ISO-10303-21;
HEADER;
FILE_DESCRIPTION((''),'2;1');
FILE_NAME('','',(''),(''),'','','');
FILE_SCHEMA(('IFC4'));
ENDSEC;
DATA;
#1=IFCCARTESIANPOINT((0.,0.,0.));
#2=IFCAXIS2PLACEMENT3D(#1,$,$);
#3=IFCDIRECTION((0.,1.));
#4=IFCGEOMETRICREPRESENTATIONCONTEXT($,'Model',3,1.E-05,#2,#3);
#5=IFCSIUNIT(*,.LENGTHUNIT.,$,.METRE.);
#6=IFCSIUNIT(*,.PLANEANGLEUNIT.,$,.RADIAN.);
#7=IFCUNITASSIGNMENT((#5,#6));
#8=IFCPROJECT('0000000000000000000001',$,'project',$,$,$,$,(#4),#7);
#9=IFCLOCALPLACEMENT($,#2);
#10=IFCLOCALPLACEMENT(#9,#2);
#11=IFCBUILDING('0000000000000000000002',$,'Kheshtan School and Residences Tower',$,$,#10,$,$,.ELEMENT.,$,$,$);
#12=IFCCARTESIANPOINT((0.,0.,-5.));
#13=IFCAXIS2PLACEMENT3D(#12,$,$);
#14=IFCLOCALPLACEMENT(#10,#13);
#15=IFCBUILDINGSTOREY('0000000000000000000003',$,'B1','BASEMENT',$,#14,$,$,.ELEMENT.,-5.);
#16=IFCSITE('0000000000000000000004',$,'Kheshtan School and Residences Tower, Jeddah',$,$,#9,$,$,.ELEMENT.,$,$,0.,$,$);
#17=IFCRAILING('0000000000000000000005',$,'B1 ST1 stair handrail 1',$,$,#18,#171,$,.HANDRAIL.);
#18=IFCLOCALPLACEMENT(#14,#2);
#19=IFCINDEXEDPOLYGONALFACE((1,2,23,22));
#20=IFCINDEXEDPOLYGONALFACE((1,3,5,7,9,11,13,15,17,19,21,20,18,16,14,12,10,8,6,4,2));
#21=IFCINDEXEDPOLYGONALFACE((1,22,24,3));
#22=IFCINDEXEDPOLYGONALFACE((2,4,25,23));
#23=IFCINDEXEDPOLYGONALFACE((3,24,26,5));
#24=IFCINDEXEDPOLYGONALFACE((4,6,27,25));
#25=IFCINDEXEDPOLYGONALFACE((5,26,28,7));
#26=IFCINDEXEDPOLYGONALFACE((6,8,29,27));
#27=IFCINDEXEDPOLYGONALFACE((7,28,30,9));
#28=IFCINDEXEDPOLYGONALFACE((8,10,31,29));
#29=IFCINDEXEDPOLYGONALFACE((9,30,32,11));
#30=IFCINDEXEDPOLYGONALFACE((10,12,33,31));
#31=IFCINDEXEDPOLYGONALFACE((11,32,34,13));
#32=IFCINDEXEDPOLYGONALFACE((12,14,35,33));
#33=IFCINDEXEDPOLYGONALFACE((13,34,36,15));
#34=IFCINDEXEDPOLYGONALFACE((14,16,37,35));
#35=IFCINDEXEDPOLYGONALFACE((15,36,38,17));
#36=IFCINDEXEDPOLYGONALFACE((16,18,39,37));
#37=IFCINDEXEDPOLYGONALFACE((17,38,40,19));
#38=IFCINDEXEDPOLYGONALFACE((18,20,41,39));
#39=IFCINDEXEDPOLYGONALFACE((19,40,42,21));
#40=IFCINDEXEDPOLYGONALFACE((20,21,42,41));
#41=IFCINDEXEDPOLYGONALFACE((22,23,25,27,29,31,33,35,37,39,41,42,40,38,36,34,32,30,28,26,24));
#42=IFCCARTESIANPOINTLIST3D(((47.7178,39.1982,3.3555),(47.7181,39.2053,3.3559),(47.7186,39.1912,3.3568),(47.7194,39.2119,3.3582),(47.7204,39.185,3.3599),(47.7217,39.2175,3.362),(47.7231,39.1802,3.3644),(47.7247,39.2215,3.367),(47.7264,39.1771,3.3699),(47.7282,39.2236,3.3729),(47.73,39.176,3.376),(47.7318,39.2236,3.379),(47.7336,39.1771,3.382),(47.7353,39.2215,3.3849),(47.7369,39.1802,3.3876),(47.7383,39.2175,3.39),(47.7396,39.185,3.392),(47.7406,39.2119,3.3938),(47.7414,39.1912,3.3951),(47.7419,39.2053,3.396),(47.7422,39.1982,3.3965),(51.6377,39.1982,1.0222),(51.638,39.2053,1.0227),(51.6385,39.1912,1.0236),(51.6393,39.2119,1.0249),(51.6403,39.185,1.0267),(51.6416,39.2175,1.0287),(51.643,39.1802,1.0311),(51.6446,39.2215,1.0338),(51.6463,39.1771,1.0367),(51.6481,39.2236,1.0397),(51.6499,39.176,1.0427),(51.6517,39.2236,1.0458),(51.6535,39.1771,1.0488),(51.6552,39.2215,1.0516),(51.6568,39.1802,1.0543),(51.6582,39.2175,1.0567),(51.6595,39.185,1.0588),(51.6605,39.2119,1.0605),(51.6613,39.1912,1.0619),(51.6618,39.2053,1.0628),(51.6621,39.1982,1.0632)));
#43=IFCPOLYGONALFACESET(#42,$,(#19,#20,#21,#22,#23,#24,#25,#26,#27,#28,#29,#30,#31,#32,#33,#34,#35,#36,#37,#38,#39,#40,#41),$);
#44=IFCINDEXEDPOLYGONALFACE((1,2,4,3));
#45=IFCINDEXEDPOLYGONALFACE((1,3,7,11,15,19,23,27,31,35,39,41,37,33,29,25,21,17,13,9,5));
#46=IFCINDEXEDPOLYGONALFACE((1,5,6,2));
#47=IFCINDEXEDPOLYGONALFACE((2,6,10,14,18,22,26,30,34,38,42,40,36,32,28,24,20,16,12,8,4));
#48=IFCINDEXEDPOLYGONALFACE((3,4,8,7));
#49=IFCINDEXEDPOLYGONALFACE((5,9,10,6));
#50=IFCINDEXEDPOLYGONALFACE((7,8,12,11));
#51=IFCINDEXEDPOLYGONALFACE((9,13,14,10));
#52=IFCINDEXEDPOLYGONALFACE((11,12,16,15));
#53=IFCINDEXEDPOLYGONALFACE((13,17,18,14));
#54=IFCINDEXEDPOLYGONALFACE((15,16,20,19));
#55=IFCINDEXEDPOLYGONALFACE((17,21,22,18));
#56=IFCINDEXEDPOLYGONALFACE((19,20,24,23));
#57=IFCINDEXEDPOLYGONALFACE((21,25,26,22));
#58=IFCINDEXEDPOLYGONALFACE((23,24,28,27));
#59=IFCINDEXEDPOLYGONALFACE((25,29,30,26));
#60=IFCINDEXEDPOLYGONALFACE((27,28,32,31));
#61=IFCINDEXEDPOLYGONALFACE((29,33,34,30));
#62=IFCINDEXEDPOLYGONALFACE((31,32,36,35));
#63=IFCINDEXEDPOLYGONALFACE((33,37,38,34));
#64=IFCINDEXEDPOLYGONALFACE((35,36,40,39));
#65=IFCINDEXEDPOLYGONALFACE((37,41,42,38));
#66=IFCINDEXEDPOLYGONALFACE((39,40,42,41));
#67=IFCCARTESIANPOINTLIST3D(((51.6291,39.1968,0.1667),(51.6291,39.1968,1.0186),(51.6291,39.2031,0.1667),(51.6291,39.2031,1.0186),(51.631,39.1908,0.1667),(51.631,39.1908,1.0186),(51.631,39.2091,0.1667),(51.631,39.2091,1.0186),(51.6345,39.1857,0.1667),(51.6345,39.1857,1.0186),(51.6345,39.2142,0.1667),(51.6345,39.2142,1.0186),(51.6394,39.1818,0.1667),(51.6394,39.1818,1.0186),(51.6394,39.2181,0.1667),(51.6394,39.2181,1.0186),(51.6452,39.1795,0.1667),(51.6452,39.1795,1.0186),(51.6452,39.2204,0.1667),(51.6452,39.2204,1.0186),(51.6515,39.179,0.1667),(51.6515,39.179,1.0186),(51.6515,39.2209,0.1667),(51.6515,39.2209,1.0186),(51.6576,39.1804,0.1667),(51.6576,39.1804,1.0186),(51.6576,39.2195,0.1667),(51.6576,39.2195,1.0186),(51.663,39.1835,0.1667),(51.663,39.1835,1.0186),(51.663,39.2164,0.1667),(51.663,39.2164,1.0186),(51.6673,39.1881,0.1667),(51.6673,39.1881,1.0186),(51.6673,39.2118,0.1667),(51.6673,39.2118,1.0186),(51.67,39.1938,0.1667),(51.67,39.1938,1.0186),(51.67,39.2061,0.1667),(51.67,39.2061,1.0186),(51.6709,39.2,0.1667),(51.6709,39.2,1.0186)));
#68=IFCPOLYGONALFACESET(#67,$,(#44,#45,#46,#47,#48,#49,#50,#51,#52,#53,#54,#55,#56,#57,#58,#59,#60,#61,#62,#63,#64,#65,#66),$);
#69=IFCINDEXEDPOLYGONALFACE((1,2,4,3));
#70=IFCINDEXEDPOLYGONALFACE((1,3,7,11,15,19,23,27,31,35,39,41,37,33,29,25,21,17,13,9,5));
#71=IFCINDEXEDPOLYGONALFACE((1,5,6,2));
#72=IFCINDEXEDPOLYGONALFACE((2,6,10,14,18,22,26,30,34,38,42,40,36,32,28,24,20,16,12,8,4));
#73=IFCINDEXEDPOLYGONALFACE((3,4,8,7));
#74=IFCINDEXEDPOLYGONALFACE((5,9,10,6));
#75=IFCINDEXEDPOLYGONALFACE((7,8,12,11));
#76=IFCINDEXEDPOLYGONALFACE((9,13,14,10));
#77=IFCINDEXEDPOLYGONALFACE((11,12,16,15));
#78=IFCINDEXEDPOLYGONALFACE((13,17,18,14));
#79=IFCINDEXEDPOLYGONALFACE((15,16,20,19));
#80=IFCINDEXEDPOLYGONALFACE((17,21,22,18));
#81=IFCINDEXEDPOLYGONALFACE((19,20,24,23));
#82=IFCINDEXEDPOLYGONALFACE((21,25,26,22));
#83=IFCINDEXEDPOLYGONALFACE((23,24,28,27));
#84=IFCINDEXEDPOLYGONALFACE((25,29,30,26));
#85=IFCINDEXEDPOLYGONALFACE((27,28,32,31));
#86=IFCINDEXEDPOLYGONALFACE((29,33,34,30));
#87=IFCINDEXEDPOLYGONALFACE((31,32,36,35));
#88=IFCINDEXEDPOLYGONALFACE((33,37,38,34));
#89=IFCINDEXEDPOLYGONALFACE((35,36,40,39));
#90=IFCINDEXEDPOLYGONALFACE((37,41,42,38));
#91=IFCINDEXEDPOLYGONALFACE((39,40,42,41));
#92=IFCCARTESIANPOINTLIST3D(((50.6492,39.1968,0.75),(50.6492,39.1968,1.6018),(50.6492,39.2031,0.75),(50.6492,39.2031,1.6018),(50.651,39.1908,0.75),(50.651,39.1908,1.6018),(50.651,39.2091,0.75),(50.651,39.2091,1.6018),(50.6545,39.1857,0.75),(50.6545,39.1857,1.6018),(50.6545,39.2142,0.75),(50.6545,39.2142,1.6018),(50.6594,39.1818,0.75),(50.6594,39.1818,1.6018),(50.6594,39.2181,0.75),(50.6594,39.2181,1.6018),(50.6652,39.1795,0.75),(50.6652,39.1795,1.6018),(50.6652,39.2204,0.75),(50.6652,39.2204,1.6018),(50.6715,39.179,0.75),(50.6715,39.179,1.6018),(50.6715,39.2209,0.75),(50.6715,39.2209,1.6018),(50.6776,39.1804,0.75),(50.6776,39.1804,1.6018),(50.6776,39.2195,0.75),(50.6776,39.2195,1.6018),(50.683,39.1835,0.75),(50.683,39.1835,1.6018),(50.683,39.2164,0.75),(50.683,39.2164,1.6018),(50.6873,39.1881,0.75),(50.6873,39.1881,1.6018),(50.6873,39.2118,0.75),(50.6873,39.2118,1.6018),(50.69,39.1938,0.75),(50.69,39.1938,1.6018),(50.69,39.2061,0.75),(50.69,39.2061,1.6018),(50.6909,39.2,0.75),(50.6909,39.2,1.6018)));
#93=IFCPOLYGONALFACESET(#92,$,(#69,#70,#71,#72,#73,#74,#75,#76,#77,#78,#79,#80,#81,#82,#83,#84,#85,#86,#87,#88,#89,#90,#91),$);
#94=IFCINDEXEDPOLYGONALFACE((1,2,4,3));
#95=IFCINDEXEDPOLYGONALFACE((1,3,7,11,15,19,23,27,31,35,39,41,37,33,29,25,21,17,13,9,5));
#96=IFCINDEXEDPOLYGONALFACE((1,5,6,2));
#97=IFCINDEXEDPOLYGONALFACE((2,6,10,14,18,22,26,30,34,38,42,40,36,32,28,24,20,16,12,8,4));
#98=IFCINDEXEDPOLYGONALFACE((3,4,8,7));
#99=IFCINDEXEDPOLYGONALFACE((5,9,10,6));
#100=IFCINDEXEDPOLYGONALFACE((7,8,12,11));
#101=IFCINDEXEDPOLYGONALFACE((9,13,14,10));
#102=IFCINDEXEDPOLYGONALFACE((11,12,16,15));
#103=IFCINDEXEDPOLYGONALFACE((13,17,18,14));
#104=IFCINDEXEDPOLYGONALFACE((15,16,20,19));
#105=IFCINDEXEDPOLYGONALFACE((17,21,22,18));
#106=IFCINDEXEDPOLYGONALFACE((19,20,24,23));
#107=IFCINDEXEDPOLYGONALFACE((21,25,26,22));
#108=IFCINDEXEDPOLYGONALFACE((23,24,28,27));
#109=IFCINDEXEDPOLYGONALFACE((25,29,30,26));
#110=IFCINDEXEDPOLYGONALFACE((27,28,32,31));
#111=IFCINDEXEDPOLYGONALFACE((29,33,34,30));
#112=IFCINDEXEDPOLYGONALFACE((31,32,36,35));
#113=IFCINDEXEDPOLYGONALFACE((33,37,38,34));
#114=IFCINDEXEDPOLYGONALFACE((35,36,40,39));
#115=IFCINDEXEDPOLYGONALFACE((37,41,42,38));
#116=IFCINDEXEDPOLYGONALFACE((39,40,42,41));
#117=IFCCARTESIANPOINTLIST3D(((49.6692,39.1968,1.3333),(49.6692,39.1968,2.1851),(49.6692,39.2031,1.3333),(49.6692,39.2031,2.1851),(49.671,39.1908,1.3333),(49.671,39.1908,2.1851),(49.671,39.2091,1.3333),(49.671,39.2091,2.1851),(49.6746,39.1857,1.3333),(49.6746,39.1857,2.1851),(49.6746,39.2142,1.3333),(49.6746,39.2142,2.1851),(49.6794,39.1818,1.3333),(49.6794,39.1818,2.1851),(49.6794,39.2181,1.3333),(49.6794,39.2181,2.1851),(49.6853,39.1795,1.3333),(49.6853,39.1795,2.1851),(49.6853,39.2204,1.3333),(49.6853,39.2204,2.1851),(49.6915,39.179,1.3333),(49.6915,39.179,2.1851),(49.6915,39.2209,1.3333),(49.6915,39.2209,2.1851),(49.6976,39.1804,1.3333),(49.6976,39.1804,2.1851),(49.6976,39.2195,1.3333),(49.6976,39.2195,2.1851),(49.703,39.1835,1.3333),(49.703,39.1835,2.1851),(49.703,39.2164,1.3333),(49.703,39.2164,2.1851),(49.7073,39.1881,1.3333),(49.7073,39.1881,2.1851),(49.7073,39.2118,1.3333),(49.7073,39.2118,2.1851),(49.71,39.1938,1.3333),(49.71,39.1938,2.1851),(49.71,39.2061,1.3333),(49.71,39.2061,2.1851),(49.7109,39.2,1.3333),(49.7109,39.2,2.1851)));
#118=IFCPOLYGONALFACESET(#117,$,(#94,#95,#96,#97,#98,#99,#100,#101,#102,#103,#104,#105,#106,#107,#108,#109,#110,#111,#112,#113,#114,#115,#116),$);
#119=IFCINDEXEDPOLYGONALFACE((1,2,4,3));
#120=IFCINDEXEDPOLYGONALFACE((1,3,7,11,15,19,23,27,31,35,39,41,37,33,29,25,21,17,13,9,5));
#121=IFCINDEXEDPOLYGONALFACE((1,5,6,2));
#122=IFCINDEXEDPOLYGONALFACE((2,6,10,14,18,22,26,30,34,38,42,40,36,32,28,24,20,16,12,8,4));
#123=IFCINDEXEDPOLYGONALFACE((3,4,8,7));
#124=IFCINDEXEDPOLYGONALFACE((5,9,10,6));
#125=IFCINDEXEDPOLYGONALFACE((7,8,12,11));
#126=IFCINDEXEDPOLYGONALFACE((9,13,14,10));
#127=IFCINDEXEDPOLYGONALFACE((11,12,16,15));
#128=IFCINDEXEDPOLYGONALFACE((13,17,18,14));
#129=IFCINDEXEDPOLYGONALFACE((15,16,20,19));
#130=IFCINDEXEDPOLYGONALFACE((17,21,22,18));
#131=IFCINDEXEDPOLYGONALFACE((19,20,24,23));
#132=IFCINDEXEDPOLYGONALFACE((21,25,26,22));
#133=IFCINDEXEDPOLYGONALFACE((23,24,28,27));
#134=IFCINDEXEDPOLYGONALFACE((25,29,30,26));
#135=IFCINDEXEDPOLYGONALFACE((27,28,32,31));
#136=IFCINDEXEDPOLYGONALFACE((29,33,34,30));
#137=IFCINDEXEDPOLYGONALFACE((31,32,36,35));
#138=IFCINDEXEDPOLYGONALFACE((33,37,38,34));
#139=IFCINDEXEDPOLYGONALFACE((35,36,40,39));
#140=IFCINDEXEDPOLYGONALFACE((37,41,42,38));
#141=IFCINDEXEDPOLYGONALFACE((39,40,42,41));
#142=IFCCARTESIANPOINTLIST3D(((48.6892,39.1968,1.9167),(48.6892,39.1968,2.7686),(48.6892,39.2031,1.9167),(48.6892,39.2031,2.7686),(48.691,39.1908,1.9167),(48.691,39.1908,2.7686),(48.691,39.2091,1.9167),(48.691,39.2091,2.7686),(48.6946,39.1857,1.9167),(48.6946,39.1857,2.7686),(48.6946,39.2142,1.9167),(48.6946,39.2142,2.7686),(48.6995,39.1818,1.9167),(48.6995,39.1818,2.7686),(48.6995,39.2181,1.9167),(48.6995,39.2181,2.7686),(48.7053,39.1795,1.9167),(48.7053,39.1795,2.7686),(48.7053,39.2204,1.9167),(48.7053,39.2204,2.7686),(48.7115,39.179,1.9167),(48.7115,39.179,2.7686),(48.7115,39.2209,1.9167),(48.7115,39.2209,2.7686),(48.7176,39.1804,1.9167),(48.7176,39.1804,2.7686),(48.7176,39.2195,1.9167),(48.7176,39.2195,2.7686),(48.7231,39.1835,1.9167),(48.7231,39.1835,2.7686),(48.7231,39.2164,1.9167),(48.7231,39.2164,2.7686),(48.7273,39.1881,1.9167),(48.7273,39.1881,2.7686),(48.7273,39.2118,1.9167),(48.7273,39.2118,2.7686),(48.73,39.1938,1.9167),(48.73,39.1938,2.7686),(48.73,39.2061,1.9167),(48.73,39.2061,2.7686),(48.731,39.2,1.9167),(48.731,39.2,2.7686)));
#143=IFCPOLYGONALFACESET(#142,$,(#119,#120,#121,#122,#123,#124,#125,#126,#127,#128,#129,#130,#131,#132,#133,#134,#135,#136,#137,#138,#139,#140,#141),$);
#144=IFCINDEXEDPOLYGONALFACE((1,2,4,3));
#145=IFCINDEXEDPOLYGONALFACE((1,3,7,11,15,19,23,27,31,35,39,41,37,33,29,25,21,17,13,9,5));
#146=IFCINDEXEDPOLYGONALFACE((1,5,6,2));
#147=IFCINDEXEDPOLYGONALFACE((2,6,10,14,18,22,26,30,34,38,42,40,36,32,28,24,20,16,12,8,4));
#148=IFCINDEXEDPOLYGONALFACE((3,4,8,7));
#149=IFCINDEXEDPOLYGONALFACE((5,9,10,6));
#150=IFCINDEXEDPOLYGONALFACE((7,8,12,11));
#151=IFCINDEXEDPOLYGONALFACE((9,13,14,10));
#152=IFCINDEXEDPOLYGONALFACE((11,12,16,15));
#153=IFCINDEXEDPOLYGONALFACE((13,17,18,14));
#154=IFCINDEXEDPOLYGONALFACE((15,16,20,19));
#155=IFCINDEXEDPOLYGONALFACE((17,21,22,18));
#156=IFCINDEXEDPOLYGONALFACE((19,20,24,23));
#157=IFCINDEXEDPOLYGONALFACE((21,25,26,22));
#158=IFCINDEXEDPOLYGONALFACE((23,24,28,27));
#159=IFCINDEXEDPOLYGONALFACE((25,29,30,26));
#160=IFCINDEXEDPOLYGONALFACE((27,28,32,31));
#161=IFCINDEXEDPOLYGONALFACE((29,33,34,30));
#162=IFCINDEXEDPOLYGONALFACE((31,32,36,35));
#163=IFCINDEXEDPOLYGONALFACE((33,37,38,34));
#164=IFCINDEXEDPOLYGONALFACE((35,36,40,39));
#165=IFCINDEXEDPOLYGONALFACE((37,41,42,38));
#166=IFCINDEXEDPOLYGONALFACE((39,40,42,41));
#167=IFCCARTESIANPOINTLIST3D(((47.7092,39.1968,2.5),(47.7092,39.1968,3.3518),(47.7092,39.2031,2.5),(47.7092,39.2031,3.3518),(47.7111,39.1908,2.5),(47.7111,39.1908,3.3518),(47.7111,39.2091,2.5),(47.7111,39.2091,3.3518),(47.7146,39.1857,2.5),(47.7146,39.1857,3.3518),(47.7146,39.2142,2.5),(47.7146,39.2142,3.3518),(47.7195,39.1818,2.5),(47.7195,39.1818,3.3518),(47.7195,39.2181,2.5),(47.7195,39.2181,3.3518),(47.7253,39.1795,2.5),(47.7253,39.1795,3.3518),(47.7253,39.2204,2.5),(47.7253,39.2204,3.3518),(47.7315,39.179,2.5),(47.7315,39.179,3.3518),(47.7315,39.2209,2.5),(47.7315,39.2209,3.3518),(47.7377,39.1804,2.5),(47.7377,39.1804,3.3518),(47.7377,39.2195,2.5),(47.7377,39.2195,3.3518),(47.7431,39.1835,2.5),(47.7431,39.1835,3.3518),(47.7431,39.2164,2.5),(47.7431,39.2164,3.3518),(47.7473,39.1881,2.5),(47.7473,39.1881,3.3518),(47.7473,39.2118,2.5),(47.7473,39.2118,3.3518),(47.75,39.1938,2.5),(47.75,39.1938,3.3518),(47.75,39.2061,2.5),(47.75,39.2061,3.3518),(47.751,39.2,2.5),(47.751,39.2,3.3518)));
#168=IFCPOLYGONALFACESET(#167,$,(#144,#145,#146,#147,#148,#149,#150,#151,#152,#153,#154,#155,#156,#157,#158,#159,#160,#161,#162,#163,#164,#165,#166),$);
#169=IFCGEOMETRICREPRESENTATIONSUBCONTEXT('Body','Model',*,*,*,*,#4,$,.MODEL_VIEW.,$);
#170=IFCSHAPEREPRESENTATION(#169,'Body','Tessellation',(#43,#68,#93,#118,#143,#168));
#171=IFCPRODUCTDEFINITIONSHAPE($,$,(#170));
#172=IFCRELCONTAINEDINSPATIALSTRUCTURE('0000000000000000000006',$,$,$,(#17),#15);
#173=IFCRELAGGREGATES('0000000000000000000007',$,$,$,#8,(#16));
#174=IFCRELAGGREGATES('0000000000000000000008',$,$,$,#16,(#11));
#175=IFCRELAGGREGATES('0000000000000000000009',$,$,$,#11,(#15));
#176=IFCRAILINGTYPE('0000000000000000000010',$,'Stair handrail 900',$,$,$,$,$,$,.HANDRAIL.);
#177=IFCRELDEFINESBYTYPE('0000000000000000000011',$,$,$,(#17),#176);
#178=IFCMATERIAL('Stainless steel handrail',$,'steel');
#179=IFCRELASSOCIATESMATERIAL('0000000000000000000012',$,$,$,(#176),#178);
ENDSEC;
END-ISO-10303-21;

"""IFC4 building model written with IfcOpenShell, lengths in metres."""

from ifc_helpers import new_model, si_unit, direction, frame, origin, origin_2d, place, context, subcontext, project, spatial, circle, extrude, material, type_object, element, save


model = new_model("IFC4")

# Units and contexts
model_context = context("Model", 3, precision=1e-05, world=origin(), true_north=direction((0.0, 1.0)))
body_context = subcontext(model_context, "Body", "Model", "MODEL_VIEW")
ifc_project = project(units=[si_unit("LENGTHUNIT", "METRE"), si_unit("PLANEANGLEUNIT", "RADIAN")], contexts=[model_context])

# Site, building, storey
site_placement = place(None, origin())
site = spatial("IfcSite", under=ifc_project, at=site_placement, Name="Kheshtan School and Residences Tower, Jeddah", CompositionType="ELEMENT", RefElevation=0.0)
building_placement = place(site_placement, origin())
building = spatial("IfcBuilding", under=site, at=building_placement, Name="Kheshtan School and Residences Tower", CompositionType="ELEMENT")
storey_placement = place(building_placement, frame((0.0, 0.0, -5.0)))
storey = spatial("IfcBuildingStorey", under=building, at=storey_placement, Name="B1", Description="BASEMENT", CompositionType="ELEMENT", Elevation=-5.0)

# Railing
ifc_material_1 = material(Name="Stainless steel handrail", Category="steel")
railing_type_1 = type_object("IfcRailingType", Name="Stair handrail 900", PredefinedType="HANDRAIL", material=ifc_material_1)
railing_1_placement = place(storey_placement, frame((51.6499, 39.2, 0.1667)))
element("IfcRailing", 1, at=railing_1_placement, inside=storey, type_object=railing_type_1, Name="B1 ST1 stair handrail 1", PredefinedType="HANDRAIL", context=body_context, shape_type="SweptSolid", body=[
    extrude(circle(Radius=0.0239, at=origin_2d()), frame((0.0, 0.0, 0.876), z_axis=(-0.859296, 0.0, 0.511478), x_axis=(0.0, -1.0, 0.0)), (0.0, 0.0, 1.0), 4.5618),
    extrude(circle(Radius=0.021, at=origin_2d()), origin(), (0.0, 0.0, 1.0), 0.8518),
    extrude(circle(Radius=0.021, at=origin_2d()), frame((-0.98, 0.0, 0.5833)), (0.0, 0.0, 1.0), 0.8518),
    extrude(circle(Radius=0.021, at=origin_2d()), frame((-1.96, 0.0, 1.1665)), (0.0, 0.0, 1.0), 0.8518),
    extrude(circle(Radius=0.021, at=origin_2d()), frame((-2.9399, 0.0, 1.75)), (0.0, 0.0, 1.0), 0.8518),
    extrude(circle(Radius=0.021, at=origin_2d()), frame((-3.9199, 0.0, 2.3333)), (0.0, 0.0, 1.0), 0.8518),
])

save(model, "model.ifc")
